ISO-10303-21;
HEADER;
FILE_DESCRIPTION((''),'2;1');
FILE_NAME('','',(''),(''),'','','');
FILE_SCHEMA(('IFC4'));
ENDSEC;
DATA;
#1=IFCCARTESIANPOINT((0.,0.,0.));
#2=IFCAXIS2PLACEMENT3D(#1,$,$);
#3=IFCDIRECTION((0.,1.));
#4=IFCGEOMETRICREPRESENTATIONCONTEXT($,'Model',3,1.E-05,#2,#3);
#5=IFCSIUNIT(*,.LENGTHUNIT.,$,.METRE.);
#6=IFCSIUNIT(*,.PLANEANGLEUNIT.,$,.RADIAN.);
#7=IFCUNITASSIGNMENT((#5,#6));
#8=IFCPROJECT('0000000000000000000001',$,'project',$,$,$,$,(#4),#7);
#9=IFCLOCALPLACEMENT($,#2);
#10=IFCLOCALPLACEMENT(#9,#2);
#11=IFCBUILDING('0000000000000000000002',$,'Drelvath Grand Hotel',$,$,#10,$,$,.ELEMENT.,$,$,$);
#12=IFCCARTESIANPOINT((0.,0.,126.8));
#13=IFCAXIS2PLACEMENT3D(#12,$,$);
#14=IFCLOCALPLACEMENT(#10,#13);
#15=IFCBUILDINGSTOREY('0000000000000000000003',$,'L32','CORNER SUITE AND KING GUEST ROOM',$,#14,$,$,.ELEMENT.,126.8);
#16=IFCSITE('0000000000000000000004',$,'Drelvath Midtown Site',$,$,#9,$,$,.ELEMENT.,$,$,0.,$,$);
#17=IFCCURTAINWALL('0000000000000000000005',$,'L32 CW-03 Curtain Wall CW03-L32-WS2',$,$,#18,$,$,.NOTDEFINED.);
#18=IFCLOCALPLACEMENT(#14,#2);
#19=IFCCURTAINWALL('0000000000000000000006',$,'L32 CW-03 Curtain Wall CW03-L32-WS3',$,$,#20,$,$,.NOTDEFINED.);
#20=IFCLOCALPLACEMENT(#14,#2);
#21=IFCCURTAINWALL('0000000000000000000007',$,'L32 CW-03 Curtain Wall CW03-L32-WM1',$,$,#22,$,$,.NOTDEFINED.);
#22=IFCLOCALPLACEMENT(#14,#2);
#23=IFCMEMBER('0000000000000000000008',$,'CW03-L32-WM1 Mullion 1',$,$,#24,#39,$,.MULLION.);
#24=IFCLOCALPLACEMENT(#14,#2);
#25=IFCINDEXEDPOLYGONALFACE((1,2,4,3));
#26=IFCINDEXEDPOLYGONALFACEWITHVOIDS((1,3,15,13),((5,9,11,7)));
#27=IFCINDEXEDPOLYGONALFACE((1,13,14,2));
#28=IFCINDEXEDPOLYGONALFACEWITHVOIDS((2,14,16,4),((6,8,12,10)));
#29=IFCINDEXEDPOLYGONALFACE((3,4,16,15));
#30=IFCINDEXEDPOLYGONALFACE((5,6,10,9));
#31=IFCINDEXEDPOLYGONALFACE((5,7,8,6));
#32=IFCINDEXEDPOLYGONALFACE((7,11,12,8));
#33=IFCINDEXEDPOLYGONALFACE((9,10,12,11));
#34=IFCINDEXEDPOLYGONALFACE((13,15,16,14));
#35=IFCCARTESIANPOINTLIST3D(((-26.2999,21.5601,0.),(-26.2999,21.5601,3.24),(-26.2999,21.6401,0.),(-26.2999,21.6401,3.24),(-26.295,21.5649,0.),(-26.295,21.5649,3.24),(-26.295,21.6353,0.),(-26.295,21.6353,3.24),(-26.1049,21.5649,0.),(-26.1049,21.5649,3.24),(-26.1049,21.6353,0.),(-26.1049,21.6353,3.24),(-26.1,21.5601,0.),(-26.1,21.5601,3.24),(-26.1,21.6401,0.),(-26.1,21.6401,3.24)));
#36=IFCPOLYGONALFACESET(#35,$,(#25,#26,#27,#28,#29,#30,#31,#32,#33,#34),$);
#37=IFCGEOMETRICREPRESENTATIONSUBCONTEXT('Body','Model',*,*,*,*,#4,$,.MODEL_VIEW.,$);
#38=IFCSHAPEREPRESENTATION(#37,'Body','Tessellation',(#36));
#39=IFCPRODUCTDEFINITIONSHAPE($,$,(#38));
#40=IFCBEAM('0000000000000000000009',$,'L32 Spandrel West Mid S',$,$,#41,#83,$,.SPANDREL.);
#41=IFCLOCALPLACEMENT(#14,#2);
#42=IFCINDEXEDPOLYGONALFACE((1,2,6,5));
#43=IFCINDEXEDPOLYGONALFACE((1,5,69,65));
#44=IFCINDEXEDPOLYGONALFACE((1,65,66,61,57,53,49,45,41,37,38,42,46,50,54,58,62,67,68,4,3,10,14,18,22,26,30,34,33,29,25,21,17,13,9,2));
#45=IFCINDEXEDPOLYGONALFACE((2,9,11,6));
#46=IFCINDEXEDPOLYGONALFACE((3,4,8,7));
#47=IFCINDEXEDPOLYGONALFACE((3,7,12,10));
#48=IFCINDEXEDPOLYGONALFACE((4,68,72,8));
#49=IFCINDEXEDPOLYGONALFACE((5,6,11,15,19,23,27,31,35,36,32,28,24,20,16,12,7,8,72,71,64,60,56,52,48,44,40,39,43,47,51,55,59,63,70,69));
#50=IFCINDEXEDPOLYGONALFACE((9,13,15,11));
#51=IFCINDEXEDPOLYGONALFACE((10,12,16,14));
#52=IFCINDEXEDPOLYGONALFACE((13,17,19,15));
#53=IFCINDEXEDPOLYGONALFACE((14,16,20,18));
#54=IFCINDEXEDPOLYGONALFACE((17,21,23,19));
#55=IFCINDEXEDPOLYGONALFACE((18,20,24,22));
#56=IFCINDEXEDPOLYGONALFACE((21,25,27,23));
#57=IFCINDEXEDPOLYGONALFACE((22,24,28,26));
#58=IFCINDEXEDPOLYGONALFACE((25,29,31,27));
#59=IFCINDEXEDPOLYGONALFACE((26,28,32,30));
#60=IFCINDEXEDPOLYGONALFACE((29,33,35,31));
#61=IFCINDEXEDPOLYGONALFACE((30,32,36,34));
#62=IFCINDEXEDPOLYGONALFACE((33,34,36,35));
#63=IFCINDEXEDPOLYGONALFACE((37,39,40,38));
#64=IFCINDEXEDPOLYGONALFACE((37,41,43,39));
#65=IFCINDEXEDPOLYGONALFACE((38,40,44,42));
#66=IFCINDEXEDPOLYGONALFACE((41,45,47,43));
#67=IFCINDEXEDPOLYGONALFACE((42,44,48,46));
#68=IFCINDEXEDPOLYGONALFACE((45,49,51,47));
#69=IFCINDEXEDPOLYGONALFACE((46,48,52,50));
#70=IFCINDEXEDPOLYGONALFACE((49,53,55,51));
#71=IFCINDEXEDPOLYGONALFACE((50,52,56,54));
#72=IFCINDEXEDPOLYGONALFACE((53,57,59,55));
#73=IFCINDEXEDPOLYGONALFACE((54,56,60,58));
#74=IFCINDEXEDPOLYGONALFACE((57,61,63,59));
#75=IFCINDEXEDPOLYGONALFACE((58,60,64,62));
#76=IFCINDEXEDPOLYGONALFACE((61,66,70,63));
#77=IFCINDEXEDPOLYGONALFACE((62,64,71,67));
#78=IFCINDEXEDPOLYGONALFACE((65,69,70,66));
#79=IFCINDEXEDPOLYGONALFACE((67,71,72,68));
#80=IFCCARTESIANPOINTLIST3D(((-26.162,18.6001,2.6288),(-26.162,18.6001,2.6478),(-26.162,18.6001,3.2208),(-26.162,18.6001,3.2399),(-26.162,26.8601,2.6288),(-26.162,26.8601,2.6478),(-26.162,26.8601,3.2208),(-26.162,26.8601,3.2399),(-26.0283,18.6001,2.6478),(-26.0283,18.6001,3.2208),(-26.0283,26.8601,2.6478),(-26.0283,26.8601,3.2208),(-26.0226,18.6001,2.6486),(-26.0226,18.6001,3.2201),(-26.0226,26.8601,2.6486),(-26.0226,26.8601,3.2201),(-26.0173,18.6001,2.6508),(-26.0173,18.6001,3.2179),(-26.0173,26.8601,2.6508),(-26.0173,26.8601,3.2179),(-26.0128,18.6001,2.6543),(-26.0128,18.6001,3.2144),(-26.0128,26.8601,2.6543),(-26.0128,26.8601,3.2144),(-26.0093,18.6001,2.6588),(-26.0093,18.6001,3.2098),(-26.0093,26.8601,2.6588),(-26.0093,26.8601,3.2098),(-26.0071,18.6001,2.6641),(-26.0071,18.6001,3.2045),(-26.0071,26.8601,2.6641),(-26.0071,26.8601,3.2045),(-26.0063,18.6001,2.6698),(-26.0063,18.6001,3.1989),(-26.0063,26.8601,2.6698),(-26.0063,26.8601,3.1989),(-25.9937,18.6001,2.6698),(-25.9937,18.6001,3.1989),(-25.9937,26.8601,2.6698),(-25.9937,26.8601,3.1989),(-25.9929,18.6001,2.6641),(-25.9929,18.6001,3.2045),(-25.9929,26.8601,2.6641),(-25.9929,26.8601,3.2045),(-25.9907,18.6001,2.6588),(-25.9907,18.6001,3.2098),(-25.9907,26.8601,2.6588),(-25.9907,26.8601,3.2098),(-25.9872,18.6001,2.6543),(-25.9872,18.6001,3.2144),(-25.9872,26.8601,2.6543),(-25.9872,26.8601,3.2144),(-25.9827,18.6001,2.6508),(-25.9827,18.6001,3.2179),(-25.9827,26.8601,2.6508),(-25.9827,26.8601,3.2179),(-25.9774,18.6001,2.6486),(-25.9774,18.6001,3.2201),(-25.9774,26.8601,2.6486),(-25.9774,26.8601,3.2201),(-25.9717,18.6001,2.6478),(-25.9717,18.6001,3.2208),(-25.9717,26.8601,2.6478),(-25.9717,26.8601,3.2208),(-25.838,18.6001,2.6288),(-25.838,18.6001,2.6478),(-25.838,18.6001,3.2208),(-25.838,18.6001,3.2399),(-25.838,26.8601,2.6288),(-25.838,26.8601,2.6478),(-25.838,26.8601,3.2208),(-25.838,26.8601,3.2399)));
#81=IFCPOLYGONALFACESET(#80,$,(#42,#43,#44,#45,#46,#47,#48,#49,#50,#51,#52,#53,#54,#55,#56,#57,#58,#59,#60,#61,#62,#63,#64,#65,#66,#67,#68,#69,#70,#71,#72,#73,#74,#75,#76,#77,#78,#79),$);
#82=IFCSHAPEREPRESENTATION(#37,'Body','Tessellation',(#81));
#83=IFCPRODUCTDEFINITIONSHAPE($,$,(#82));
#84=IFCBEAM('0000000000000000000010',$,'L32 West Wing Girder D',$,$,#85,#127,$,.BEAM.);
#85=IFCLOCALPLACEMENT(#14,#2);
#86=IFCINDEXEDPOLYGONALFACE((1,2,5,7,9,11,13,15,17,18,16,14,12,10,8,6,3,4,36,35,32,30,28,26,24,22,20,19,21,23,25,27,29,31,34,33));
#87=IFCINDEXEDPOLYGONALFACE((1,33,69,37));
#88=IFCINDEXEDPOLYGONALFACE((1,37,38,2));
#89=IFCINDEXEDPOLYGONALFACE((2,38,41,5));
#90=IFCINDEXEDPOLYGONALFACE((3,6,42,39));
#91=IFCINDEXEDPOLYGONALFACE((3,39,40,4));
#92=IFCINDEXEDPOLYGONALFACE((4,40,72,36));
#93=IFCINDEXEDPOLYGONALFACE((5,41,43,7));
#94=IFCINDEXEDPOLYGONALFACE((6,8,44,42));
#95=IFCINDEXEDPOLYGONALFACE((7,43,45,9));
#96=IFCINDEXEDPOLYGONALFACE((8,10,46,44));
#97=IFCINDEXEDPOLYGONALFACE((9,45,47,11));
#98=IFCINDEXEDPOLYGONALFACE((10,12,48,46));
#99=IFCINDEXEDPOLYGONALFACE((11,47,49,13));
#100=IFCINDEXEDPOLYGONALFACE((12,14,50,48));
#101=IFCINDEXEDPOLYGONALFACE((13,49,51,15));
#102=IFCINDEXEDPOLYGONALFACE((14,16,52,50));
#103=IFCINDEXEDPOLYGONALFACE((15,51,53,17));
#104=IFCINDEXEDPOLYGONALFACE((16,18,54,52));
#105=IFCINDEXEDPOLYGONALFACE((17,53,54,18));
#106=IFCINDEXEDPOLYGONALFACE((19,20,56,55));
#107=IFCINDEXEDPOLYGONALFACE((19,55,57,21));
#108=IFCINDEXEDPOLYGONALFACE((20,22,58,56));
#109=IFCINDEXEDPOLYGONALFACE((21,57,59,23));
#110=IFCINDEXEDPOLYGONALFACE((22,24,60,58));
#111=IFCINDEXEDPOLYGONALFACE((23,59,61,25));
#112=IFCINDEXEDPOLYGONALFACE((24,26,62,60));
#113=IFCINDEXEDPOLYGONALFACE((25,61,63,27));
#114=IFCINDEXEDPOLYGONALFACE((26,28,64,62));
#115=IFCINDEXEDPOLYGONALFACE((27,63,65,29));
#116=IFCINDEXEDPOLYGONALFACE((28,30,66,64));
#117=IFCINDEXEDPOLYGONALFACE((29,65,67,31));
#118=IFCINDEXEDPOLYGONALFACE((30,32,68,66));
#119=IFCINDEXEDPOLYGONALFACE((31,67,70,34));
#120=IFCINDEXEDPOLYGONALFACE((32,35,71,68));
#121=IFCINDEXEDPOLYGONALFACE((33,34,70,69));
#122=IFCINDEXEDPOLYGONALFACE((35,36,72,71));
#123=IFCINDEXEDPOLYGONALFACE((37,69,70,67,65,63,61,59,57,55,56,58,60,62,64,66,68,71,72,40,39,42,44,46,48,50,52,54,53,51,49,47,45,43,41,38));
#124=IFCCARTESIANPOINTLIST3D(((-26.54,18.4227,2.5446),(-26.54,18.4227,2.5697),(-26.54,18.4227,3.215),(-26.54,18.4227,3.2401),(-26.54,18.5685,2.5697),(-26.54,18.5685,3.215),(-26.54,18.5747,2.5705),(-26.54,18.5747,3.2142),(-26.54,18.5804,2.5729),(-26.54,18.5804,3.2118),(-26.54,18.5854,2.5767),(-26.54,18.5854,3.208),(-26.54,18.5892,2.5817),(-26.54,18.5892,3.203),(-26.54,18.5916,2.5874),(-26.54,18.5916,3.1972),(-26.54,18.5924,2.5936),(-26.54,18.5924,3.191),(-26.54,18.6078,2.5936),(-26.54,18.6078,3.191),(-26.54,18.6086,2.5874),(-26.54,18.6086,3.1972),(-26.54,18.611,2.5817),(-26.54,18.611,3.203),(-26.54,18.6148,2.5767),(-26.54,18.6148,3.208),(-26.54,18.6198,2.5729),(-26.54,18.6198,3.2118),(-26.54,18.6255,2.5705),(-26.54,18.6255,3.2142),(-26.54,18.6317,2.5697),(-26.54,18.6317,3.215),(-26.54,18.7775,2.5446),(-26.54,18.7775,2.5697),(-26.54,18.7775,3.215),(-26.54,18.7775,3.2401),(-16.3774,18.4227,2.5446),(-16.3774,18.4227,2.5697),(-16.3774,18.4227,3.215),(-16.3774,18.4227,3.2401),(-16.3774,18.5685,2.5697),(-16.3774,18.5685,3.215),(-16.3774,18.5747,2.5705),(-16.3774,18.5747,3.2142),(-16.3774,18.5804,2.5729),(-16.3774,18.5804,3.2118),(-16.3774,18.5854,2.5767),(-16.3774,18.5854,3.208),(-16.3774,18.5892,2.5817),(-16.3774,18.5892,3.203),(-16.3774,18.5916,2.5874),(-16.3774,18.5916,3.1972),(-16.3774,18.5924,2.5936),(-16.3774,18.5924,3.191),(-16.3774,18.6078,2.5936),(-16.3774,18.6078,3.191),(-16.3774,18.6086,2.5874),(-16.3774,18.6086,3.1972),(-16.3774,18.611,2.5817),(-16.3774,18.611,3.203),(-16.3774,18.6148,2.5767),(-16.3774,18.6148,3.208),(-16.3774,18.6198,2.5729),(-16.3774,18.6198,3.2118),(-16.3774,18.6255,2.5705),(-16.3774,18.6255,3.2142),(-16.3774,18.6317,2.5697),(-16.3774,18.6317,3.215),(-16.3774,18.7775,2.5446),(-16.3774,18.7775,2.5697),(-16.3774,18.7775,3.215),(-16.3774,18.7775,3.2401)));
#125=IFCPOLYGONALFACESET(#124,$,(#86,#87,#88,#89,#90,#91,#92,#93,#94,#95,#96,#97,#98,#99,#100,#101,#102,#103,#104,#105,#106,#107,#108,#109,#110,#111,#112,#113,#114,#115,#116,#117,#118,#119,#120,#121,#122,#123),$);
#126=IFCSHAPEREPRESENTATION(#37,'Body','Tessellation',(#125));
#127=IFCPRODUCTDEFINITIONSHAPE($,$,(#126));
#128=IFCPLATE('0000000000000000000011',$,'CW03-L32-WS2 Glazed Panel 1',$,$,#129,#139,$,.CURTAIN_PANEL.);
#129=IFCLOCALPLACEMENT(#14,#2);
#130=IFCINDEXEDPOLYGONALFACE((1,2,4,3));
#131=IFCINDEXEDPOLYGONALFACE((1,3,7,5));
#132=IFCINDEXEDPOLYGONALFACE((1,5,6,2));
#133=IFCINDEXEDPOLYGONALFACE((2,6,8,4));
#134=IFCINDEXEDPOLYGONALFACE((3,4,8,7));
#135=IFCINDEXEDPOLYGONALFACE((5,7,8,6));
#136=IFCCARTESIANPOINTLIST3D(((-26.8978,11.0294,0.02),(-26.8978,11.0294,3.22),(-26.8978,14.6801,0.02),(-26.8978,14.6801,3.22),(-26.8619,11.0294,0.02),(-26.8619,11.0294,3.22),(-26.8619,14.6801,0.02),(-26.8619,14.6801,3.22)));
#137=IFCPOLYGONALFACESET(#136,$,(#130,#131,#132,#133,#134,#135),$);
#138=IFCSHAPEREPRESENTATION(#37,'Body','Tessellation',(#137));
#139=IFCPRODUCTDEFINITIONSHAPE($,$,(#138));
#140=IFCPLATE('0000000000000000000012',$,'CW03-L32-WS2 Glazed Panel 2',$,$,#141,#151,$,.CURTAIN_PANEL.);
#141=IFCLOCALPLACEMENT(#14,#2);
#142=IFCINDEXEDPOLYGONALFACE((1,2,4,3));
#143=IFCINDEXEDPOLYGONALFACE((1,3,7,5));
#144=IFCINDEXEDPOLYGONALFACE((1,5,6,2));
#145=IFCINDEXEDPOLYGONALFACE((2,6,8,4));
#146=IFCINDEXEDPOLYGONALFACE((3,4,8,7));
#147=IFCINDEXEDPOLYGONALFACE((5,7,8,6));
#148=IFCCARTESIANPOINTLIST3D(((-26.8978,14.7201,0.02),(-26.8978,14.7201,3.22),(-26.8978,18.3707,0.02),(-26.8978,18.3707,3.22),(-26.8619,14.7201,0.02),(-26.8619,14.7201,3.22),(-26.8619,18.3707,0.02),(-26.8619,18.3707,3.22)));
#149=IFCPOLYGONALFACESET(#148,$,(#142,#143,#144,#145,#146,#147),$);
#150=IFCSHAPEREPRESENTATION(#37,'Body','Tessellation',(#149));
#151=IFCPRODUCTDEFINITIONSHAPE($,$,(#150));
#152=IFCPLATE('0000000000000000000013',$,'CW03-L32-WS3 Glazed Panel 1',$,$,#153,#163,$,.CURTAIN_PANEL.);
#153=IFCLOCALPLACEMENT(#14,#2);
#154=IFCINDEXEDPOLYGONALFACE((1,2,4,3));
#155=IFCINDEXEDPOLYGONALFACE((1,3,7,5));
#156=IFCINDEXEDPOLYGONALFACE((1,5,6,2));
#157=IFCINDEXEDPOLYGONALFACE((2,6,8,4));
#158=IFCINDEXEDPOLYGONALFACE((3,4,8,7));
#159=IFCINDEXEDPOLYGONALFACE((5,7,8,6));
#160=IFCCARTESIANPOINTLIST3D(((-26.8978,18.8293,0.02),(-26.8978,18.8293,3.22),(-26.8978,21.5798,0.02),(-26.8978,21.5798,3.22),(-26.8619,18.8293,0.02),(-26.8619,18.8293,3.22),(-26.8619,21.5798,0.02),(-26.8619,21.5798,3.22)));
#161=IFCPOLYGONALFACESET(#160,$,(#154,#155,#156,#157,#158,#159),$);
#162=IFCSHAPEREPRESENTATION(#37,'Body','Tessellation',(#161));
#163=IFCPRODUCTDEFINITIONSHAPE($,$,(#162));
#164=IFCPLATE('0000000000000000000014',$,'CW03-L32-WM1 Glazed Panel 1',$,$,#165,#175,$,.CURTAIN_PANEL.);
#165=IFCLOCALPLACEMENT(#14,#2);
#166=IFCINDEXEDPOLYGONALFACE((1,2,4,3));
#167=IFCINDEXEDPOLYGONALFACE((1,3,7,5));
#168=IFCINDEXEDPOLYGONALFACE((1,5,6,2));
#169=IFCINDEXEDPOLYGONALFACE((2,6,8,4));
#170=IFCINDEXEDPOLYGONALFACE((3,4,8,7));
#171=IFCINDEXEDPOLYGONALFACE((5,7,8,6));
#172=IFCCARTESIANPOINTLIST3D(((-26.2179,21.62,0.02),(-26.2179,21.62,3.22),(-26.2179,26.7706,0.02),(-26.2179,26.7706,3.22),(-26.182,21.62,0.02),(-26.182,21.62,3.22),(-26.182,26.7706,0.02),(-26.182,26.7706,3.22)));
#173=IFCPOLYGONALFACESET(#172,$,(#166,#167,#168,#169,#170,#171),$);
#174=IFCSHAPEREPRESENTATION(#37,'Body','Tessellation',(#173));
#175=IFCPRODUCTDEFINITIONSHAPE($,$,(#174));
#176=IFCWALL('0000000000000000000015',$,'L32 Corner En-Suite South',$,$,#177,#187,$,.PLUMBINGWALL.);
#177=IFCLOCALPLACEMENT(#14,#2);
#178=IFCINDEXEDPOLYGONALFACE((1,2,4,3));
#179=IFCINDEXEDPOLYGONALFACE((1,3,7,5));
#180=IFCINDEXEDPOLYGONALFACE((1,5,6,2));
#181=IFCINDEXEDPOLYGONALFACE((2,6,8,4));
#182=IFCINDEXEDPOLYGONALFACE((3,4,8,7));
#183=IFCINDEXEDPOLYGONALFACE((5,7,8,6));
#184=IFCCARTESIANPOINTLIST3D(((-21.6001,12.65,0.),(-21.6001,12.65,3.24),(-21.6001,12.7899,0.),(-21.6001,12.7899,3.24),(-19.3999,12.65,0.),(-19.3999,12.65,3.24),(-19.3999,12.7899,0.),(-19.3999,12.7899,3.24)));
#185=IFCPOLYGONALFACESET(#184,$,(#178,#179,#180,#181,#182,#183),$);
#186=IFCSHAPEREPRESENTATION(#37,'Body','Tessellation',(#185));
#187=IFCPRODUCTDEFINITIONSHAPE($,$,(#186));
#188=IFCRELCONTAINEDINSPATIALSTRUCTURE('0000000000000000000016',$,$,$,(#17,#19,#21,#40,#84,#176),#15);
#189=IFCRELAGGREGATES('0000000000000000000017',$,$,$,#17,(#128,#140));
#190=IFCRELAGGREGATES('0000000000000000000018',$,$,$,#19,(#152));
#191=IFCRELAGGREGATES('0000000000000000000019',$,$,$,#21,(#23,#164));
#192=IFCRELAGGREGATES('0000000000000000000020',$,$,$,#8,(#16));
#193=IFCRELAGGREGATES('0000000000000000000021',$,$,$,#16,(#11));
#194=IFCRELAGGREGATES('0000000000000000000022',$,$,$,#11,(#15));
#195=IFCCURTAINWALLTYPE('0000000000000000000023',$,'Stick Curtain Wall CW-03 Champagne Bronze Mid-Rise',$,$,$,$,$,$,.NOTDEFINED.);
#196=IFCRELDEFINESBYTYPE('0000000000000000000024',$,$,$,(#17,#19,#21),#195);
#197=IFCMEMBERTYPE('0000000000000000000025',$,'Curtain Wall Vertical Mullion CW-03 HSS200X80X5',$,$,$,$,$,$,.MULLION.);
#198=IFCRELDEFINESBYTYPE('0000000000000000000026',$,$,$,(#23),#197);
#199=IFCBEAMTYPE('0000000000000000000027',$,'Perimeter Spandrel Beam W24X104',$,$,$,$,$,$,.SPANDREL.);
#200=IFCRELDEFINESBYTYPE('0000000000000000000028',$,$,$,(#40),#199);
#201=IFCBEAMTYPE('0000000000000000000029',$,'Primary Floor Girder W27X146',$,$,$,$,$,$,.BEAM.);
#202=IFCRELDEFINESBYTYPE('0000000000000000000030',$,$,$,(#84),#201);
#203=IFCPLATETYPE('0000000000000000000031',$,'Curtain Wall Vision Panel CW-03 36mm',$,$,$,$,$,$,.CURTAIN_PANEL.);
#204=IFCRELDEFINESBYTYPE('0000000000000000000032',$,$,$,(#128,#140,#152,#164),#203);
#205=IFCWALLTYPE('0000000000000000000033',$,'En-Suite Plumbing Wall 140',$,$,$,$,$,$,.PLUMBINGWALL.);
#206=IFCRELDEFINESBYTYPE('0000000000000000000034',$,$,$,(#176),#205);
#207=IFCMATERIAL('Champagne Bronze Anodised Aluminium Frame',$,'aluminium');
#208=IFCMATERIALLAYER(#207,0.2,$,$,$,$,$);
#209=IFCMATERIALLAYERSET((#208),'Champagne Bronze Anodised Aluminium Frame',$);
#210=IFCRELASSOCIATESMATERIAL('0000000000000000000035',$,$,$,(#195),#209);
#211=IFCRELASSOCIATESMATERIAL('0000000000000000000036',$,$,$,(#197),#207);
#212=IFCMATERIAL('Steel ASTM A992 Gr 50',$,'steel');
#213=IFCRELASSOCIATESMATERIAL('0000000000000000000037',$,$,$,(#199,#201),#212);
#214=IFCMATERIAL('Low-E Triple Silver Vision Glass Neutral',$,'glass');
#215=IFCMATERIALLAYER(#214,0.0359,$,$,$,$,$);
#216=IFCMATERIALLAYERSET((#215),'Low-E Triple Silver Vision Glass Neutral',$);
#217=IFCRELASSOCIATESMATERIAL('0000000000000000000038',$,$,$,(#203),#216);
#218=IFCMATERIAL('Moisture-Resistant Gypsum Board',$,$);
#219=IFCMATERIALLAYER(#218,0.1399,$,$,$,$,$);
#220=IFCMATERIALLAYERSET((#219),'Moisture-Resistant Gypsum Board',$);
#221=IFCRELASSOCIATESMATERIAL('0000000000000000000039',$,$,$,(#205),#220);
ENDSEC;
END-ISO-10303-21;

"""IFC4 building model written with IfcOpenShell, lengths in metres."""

from ifc_helpers import new_model, si_unit, direction, frame, frame_2d, origin, origin_2d, place, context, subcontext, project, spatial, rectangle, hollow_rectangle, i_section, extrude, material, layer, layer_set, material_profile, profile_set, type_object, element, aggregate, save


model = new_model("IFC4")

# Units and contexts
model_context = context("Model", 3, precision=1e-05, world=origin(), true_north=direction((0.0, 1.0)))
body_context = subcontext(model_context, "Body", "Model", "MODEL_VIEW")
ifc_project = project(units=[si_unit("LENGTHUNIT", "METRE"), si_unit("PLANEANGLEUNIT", "RADIAN")], contexts=[model_context])

# Site, building, storey
site_placement = place(None, origin())
site = spatial("IfcSite", under=ifc_project, at=site_placement, Name="Drelvath Midtown Site", CompositionType="ELEMENT", RefElevation=0.0)
building_placement = place(site_placement, origin())
building = spatial("IfcBuilding", under=site, at=building_placement, Name="Drelvath Grand Hotel", CompositionType="ELEMENT")
storey_placement = place(building_placement, frame((0.0, 0.0, 126.8)))
storey = spatial("IfcBuildingStorey", under=building, at=storey_placement, Name="L32", Description="CORNER SUITE AND KING GUEST ROOM", CompositionType="ELEMENT", Elevation=126.8)

# Curtain walls
ifc_material_1 = material(Name="Champagne Bronze Anodised Aluminium Frame", Category="aluminium")
ifc_layer_1 = layer(ifc_material_1, 0.2)
ifc_layer_set_1 = layer_set([ifc_layer_1], Name="Champagne Bronze Anodised Aluminium Frame")
curtain_wall_type = type_object("IfcCurtainWallType", Name="Stick Curtain Wall CW-03 Champagne Bronze Mid-Rise", PredefinedType="NOTDEFINED", material=ifc_layer_set_1)
curtain_wall_1_placement = place(storey_placement, origin())
curtain_wall_1 = element("IfcCurtainWall", 1, at=curtain_wall_1_placement, inside=storey, type_object=curtain_wall_type, Name="L32 CW-03 Curtain Wall CW03-L32-WS2", PredefinedType="NOTDEFINED")
curtain_wall_2_placement = place(storey_placement, origin())
curtain_wall_2 = element("IfcCurtainWall", 2, at=curtain_wall_2_placement, inside=storey, type_object=curtain_wall_type, Name="L32 CW-03 Curtain Wall CW03-L32-WS3", PredefinedType="NOTDEFINED")
curtain_wall_3_placement = place(storey_placement, origin())
curtain_wall_3 = element("IfcCurtainWall", 3, at=curtain_wall_3_placement, inside=storey, type_object=curtain_wall_type, Name="L32 CW-03 Curtain Wall CW03-L32-WM1", PredefinedType="NOTDEFINED")

# Member
ifc_material_profile_1 = material_profile(ifc_material_1, hollow_rectangle(XDim=0.0801, YDim=0.2, WallThickness=0.0049, at=origin_2d()), Name="HSS200X80X5")
ifc_profile_set_1 = profile_set([ifc_material_profile_1], Name="Champagne Bronze Anodised Aluminium Frame")
member_type_1 = type_object("IfcMemberType", Name="Curtain Wall Vertical Mullion CW-03 HSS200X80X5", PredefinedType="MULLION", material=ifc_profile_set_1)
member_1_placement = place(storey_placement, frame((-26.2, 21.6001, 0.0), z_axis=(0.0, 0.0, 1.0), x_axis=(0.0, 1.0, 0.0)))
member_1 = element("IfcMember", 4, at=member_1_placement, type_object=member_type_1, Name="CW03-L32-WM1 Mullion 1", PredefinedType="MULLION", context=body_context, shape_type="SweptSolid", body=[
    extrude(hollow_rectangle(XDim=0.0801, YDim=0.2, WallThickness=0.0049, at=origin_2d()), origin(), (0.0, 0.0, 1.0), 3.24),
])

# Beams
ifc_material_2 = material(Name="Steel ASTM A992 Gr 50", Category="steel")
ifc_material_profile_2 = material_profile(ifc_material_2, i_section(OverallWidth=0.324, OverallDepth=0.6111, WebThickness=0.0127, FlangeThickness=0.019, FilletRadius=0.022, at=origin_2d()), Name="W24X104")
ifc_profile_set_2 = profile_set([ifc_material_profile_2], Name="Steel ASTM A992 Gr 50")
beam_type_1 = type_object("IfcBeamType", Name="Perimeter Spandrel Beam W24X104", PredefinedType="SPANDREL", material=ifc_profile_set_2)
beam_1_placement = place(storey_placement, frame((-26.0, 18.6001, 2.9343), z_axis=(0.0, 1.0, 0.0), x_axis=(-1.0, 0.0, 0.0)))
element("IfcBeam", 5, at=beam_1_placement, inside=storey, type_object=beam_type_1, Name="L32 Spandrel West Mid S", PredefinedType="SPANDREL", context=body_context, shape_type="SweptSolid", body=[
    extrude(i_section(OverallWidth=0.324, OverallDepth=0.6111, WebThickness=0.0127, FlangeThickness=0.019, FilletRadius=0.022, at=origin_2d()), origin(), (0.0, 0.0, 1.0), 8.26),
])
ifc_material_profile_3 = material_profile(ifc_material_2, i_section(OverallWidth=0.3547, OverallDepth=0.6956, WebThickness=0.0154, FlangeThickness=0.0251, FilletRadius=0.0239, at=origin_2d()), Name="W27X146")
ifc_profile_set_3 = profile_set([ifc_material_profile_3], Name="Steel ASTM A992 Gr 50")
beam_type_2 = type_object("IfcBeamType", Name="Primary Floor Girder W27X146", PredefinedType="BEAM", material=ifc_profile_set_3)
beam_2_placement = place(storey_placement, frame((-26.54, 18.6001, 2.8923), z_axis=(1.0, 0.0, 0.0), x_axis=(0.0, 1.0, 0.0)))
element("IfcBeam", 6, at=beam_2_placement, inside=storey, type_object=beam_type_2, Name="L32 West Wing Girder D", PredefinedType="BEAM", context=body_context, shape_type="SweptSolid", body=[
    extrude(i_section(OverallWidth=0.3547, OverallDepth=0.6956, WebThickness=0.0154, FlangeThickness=0.0251, FilletRadius=0.0239, at=origin_2d()), origin(), (0.0, 0.0, 1.0), 10.1626),
])

# Plates
ifc_material_3 = material(Name="Low-E Triple Silver Vision Glass Neutral", Category="glass")
ifc_layer_2 = layer(ifc_material_3, 0.0359)
ifc_layer_set_2 = layer_set([ifc_layer_2], Name="Low-E Triple Silver Vision Glass Neutral")
plate_type = type_object("IfcPlateType", Name="Curtain Wall Vision Panel CW-03 36mm", PredefinedType="CURTAIN_PANEL", material=ifc_layer_set_2)
plate_1_placement = place(storey_placement, frame((-26.8799, 12.8547, 0.02), z_axis=(0.0, 0.0, 1.0), x_axis=(0.0, 1.0, 0.0)))
plate_1 = element("IfcPlate", 7, at=plate_1_placement, type_object=plate_type, Name="CW03-L32-WS2 Glazed Panel 1", PredefinedType="CURTAIN_PANEL", context=body_context, shape_type="SweptSolid", body=[
    extrude(rectangle(XDim=3.6506, YDim=0.0359, at=origin_2d()), origin(), (0.0, 0.0, 1.0), 3.2),
])
plate_2_placement = place(storey_placement, frame((-26.8799, 16.5454, 0.02), z_axis=(0.0, 0.0, 1.0), x_axis=(0.0, 1.0, 0.0)))
plate_2 = element("IfcPlate", 8, at=plate_2_placement, type_object=plate_type, Name="CW03-L32-WS2 Glazed Panel 2", PredefinedType="CURTAIN_PANEL", context=body_context, shape_type="SweptSolid", body=[
    extrude(rectangle(XDim=3.6506, YDim=0.0359, at=origin_2d()), origin(), (0.0, 0.0, 1.0), 3.2),
])
aggregate(curtain_wall_1, [plate_1, plate_2])
plate_3_placement = place(storey_placement, frame((-26.8799, 20.2046, 0.02), z_axis=(0.0, 0.0, 1.0), x_axis=(0.0, 1.0, 0.0)))
plate_3 = element("IfcPlate", 9, at=plate_3_placement, type_object=plate_type, Name="CW03-L32-WS3 Glazed Panel 1", PredefinedType="CURTAIN_PANEL", context=body_context, shape_type="SweptSolid", body=[
    extrude(rectangle(XDim=2.7505, YDim=0.0359, at=origin_2d()), origin(), (0.0, 0.0, 1.0), 3.2),
])
aggregate(curtain_wall_2, [plate_3])
plate_4_placement = place(storey_placement, frame((-26.2, 24.1953, 0.02), z_axis=(0.0, 0.0, 1.0), x_axis=(0.0, 1.0, 0.0)))
plate_4 = element("IfcPlate", 10, at=plate_4_placement, type_object=plate_type, Name="CW03-L32-WM1 Glazed Panel 1", PredefinedType="CURTAIN_PANEL", context=body_context, shape_type="SweptSolid", body=[
    extrude(rectangle(XDim=5.1506, YDim=0.0359, at=origin_2d()), origin(), (0.0, 0.0, 1.0), 3.2),
])
aggregate(curtain_wall_3, [member_1, plate_4])

# Wall
ifc_material_4 = material(Name="Moisture-Resistant Gypsum Board")
ifc_layer_3 = layer(ifc_material_4, 0.1399)
ifc_layer_set_3 = layer_set([ifc_layer_3], Name="Moisture-Resistant Gypsum Board")
wall_type_1 = type_object("IfcWallType", Name="En-Suite Plumbing Wall 140", PredefinedType="PLUMBINGWALL", material=ifc_layer_set_3)
for number, where, z_axis, x_axis, name in (
    (11, (-21.6001, 12.72, 0.0), (0.0, 0.0, 1.0), (1.0, 0.0, 0.0), "L32 Corner En-Suite South"),
):
    element("IfcWall", number, at=place(storey_placement, frame(where, z_axis=z_axis, x_axis=x_axis)), inside=storey, type_object=wall_type_1, Name=name, PredefinedType="PLUMBINGWALL", context=body_context, shape_type="SweptSolid", body=[
        extrude(rectangle(XDim=2.2002, YDim=0.1399, at=frame_2d((1.1001, 0.0))), origin(), (0.0, 0.0, 1.0), 3.24),
    ])

save(model, "model.ifc")
